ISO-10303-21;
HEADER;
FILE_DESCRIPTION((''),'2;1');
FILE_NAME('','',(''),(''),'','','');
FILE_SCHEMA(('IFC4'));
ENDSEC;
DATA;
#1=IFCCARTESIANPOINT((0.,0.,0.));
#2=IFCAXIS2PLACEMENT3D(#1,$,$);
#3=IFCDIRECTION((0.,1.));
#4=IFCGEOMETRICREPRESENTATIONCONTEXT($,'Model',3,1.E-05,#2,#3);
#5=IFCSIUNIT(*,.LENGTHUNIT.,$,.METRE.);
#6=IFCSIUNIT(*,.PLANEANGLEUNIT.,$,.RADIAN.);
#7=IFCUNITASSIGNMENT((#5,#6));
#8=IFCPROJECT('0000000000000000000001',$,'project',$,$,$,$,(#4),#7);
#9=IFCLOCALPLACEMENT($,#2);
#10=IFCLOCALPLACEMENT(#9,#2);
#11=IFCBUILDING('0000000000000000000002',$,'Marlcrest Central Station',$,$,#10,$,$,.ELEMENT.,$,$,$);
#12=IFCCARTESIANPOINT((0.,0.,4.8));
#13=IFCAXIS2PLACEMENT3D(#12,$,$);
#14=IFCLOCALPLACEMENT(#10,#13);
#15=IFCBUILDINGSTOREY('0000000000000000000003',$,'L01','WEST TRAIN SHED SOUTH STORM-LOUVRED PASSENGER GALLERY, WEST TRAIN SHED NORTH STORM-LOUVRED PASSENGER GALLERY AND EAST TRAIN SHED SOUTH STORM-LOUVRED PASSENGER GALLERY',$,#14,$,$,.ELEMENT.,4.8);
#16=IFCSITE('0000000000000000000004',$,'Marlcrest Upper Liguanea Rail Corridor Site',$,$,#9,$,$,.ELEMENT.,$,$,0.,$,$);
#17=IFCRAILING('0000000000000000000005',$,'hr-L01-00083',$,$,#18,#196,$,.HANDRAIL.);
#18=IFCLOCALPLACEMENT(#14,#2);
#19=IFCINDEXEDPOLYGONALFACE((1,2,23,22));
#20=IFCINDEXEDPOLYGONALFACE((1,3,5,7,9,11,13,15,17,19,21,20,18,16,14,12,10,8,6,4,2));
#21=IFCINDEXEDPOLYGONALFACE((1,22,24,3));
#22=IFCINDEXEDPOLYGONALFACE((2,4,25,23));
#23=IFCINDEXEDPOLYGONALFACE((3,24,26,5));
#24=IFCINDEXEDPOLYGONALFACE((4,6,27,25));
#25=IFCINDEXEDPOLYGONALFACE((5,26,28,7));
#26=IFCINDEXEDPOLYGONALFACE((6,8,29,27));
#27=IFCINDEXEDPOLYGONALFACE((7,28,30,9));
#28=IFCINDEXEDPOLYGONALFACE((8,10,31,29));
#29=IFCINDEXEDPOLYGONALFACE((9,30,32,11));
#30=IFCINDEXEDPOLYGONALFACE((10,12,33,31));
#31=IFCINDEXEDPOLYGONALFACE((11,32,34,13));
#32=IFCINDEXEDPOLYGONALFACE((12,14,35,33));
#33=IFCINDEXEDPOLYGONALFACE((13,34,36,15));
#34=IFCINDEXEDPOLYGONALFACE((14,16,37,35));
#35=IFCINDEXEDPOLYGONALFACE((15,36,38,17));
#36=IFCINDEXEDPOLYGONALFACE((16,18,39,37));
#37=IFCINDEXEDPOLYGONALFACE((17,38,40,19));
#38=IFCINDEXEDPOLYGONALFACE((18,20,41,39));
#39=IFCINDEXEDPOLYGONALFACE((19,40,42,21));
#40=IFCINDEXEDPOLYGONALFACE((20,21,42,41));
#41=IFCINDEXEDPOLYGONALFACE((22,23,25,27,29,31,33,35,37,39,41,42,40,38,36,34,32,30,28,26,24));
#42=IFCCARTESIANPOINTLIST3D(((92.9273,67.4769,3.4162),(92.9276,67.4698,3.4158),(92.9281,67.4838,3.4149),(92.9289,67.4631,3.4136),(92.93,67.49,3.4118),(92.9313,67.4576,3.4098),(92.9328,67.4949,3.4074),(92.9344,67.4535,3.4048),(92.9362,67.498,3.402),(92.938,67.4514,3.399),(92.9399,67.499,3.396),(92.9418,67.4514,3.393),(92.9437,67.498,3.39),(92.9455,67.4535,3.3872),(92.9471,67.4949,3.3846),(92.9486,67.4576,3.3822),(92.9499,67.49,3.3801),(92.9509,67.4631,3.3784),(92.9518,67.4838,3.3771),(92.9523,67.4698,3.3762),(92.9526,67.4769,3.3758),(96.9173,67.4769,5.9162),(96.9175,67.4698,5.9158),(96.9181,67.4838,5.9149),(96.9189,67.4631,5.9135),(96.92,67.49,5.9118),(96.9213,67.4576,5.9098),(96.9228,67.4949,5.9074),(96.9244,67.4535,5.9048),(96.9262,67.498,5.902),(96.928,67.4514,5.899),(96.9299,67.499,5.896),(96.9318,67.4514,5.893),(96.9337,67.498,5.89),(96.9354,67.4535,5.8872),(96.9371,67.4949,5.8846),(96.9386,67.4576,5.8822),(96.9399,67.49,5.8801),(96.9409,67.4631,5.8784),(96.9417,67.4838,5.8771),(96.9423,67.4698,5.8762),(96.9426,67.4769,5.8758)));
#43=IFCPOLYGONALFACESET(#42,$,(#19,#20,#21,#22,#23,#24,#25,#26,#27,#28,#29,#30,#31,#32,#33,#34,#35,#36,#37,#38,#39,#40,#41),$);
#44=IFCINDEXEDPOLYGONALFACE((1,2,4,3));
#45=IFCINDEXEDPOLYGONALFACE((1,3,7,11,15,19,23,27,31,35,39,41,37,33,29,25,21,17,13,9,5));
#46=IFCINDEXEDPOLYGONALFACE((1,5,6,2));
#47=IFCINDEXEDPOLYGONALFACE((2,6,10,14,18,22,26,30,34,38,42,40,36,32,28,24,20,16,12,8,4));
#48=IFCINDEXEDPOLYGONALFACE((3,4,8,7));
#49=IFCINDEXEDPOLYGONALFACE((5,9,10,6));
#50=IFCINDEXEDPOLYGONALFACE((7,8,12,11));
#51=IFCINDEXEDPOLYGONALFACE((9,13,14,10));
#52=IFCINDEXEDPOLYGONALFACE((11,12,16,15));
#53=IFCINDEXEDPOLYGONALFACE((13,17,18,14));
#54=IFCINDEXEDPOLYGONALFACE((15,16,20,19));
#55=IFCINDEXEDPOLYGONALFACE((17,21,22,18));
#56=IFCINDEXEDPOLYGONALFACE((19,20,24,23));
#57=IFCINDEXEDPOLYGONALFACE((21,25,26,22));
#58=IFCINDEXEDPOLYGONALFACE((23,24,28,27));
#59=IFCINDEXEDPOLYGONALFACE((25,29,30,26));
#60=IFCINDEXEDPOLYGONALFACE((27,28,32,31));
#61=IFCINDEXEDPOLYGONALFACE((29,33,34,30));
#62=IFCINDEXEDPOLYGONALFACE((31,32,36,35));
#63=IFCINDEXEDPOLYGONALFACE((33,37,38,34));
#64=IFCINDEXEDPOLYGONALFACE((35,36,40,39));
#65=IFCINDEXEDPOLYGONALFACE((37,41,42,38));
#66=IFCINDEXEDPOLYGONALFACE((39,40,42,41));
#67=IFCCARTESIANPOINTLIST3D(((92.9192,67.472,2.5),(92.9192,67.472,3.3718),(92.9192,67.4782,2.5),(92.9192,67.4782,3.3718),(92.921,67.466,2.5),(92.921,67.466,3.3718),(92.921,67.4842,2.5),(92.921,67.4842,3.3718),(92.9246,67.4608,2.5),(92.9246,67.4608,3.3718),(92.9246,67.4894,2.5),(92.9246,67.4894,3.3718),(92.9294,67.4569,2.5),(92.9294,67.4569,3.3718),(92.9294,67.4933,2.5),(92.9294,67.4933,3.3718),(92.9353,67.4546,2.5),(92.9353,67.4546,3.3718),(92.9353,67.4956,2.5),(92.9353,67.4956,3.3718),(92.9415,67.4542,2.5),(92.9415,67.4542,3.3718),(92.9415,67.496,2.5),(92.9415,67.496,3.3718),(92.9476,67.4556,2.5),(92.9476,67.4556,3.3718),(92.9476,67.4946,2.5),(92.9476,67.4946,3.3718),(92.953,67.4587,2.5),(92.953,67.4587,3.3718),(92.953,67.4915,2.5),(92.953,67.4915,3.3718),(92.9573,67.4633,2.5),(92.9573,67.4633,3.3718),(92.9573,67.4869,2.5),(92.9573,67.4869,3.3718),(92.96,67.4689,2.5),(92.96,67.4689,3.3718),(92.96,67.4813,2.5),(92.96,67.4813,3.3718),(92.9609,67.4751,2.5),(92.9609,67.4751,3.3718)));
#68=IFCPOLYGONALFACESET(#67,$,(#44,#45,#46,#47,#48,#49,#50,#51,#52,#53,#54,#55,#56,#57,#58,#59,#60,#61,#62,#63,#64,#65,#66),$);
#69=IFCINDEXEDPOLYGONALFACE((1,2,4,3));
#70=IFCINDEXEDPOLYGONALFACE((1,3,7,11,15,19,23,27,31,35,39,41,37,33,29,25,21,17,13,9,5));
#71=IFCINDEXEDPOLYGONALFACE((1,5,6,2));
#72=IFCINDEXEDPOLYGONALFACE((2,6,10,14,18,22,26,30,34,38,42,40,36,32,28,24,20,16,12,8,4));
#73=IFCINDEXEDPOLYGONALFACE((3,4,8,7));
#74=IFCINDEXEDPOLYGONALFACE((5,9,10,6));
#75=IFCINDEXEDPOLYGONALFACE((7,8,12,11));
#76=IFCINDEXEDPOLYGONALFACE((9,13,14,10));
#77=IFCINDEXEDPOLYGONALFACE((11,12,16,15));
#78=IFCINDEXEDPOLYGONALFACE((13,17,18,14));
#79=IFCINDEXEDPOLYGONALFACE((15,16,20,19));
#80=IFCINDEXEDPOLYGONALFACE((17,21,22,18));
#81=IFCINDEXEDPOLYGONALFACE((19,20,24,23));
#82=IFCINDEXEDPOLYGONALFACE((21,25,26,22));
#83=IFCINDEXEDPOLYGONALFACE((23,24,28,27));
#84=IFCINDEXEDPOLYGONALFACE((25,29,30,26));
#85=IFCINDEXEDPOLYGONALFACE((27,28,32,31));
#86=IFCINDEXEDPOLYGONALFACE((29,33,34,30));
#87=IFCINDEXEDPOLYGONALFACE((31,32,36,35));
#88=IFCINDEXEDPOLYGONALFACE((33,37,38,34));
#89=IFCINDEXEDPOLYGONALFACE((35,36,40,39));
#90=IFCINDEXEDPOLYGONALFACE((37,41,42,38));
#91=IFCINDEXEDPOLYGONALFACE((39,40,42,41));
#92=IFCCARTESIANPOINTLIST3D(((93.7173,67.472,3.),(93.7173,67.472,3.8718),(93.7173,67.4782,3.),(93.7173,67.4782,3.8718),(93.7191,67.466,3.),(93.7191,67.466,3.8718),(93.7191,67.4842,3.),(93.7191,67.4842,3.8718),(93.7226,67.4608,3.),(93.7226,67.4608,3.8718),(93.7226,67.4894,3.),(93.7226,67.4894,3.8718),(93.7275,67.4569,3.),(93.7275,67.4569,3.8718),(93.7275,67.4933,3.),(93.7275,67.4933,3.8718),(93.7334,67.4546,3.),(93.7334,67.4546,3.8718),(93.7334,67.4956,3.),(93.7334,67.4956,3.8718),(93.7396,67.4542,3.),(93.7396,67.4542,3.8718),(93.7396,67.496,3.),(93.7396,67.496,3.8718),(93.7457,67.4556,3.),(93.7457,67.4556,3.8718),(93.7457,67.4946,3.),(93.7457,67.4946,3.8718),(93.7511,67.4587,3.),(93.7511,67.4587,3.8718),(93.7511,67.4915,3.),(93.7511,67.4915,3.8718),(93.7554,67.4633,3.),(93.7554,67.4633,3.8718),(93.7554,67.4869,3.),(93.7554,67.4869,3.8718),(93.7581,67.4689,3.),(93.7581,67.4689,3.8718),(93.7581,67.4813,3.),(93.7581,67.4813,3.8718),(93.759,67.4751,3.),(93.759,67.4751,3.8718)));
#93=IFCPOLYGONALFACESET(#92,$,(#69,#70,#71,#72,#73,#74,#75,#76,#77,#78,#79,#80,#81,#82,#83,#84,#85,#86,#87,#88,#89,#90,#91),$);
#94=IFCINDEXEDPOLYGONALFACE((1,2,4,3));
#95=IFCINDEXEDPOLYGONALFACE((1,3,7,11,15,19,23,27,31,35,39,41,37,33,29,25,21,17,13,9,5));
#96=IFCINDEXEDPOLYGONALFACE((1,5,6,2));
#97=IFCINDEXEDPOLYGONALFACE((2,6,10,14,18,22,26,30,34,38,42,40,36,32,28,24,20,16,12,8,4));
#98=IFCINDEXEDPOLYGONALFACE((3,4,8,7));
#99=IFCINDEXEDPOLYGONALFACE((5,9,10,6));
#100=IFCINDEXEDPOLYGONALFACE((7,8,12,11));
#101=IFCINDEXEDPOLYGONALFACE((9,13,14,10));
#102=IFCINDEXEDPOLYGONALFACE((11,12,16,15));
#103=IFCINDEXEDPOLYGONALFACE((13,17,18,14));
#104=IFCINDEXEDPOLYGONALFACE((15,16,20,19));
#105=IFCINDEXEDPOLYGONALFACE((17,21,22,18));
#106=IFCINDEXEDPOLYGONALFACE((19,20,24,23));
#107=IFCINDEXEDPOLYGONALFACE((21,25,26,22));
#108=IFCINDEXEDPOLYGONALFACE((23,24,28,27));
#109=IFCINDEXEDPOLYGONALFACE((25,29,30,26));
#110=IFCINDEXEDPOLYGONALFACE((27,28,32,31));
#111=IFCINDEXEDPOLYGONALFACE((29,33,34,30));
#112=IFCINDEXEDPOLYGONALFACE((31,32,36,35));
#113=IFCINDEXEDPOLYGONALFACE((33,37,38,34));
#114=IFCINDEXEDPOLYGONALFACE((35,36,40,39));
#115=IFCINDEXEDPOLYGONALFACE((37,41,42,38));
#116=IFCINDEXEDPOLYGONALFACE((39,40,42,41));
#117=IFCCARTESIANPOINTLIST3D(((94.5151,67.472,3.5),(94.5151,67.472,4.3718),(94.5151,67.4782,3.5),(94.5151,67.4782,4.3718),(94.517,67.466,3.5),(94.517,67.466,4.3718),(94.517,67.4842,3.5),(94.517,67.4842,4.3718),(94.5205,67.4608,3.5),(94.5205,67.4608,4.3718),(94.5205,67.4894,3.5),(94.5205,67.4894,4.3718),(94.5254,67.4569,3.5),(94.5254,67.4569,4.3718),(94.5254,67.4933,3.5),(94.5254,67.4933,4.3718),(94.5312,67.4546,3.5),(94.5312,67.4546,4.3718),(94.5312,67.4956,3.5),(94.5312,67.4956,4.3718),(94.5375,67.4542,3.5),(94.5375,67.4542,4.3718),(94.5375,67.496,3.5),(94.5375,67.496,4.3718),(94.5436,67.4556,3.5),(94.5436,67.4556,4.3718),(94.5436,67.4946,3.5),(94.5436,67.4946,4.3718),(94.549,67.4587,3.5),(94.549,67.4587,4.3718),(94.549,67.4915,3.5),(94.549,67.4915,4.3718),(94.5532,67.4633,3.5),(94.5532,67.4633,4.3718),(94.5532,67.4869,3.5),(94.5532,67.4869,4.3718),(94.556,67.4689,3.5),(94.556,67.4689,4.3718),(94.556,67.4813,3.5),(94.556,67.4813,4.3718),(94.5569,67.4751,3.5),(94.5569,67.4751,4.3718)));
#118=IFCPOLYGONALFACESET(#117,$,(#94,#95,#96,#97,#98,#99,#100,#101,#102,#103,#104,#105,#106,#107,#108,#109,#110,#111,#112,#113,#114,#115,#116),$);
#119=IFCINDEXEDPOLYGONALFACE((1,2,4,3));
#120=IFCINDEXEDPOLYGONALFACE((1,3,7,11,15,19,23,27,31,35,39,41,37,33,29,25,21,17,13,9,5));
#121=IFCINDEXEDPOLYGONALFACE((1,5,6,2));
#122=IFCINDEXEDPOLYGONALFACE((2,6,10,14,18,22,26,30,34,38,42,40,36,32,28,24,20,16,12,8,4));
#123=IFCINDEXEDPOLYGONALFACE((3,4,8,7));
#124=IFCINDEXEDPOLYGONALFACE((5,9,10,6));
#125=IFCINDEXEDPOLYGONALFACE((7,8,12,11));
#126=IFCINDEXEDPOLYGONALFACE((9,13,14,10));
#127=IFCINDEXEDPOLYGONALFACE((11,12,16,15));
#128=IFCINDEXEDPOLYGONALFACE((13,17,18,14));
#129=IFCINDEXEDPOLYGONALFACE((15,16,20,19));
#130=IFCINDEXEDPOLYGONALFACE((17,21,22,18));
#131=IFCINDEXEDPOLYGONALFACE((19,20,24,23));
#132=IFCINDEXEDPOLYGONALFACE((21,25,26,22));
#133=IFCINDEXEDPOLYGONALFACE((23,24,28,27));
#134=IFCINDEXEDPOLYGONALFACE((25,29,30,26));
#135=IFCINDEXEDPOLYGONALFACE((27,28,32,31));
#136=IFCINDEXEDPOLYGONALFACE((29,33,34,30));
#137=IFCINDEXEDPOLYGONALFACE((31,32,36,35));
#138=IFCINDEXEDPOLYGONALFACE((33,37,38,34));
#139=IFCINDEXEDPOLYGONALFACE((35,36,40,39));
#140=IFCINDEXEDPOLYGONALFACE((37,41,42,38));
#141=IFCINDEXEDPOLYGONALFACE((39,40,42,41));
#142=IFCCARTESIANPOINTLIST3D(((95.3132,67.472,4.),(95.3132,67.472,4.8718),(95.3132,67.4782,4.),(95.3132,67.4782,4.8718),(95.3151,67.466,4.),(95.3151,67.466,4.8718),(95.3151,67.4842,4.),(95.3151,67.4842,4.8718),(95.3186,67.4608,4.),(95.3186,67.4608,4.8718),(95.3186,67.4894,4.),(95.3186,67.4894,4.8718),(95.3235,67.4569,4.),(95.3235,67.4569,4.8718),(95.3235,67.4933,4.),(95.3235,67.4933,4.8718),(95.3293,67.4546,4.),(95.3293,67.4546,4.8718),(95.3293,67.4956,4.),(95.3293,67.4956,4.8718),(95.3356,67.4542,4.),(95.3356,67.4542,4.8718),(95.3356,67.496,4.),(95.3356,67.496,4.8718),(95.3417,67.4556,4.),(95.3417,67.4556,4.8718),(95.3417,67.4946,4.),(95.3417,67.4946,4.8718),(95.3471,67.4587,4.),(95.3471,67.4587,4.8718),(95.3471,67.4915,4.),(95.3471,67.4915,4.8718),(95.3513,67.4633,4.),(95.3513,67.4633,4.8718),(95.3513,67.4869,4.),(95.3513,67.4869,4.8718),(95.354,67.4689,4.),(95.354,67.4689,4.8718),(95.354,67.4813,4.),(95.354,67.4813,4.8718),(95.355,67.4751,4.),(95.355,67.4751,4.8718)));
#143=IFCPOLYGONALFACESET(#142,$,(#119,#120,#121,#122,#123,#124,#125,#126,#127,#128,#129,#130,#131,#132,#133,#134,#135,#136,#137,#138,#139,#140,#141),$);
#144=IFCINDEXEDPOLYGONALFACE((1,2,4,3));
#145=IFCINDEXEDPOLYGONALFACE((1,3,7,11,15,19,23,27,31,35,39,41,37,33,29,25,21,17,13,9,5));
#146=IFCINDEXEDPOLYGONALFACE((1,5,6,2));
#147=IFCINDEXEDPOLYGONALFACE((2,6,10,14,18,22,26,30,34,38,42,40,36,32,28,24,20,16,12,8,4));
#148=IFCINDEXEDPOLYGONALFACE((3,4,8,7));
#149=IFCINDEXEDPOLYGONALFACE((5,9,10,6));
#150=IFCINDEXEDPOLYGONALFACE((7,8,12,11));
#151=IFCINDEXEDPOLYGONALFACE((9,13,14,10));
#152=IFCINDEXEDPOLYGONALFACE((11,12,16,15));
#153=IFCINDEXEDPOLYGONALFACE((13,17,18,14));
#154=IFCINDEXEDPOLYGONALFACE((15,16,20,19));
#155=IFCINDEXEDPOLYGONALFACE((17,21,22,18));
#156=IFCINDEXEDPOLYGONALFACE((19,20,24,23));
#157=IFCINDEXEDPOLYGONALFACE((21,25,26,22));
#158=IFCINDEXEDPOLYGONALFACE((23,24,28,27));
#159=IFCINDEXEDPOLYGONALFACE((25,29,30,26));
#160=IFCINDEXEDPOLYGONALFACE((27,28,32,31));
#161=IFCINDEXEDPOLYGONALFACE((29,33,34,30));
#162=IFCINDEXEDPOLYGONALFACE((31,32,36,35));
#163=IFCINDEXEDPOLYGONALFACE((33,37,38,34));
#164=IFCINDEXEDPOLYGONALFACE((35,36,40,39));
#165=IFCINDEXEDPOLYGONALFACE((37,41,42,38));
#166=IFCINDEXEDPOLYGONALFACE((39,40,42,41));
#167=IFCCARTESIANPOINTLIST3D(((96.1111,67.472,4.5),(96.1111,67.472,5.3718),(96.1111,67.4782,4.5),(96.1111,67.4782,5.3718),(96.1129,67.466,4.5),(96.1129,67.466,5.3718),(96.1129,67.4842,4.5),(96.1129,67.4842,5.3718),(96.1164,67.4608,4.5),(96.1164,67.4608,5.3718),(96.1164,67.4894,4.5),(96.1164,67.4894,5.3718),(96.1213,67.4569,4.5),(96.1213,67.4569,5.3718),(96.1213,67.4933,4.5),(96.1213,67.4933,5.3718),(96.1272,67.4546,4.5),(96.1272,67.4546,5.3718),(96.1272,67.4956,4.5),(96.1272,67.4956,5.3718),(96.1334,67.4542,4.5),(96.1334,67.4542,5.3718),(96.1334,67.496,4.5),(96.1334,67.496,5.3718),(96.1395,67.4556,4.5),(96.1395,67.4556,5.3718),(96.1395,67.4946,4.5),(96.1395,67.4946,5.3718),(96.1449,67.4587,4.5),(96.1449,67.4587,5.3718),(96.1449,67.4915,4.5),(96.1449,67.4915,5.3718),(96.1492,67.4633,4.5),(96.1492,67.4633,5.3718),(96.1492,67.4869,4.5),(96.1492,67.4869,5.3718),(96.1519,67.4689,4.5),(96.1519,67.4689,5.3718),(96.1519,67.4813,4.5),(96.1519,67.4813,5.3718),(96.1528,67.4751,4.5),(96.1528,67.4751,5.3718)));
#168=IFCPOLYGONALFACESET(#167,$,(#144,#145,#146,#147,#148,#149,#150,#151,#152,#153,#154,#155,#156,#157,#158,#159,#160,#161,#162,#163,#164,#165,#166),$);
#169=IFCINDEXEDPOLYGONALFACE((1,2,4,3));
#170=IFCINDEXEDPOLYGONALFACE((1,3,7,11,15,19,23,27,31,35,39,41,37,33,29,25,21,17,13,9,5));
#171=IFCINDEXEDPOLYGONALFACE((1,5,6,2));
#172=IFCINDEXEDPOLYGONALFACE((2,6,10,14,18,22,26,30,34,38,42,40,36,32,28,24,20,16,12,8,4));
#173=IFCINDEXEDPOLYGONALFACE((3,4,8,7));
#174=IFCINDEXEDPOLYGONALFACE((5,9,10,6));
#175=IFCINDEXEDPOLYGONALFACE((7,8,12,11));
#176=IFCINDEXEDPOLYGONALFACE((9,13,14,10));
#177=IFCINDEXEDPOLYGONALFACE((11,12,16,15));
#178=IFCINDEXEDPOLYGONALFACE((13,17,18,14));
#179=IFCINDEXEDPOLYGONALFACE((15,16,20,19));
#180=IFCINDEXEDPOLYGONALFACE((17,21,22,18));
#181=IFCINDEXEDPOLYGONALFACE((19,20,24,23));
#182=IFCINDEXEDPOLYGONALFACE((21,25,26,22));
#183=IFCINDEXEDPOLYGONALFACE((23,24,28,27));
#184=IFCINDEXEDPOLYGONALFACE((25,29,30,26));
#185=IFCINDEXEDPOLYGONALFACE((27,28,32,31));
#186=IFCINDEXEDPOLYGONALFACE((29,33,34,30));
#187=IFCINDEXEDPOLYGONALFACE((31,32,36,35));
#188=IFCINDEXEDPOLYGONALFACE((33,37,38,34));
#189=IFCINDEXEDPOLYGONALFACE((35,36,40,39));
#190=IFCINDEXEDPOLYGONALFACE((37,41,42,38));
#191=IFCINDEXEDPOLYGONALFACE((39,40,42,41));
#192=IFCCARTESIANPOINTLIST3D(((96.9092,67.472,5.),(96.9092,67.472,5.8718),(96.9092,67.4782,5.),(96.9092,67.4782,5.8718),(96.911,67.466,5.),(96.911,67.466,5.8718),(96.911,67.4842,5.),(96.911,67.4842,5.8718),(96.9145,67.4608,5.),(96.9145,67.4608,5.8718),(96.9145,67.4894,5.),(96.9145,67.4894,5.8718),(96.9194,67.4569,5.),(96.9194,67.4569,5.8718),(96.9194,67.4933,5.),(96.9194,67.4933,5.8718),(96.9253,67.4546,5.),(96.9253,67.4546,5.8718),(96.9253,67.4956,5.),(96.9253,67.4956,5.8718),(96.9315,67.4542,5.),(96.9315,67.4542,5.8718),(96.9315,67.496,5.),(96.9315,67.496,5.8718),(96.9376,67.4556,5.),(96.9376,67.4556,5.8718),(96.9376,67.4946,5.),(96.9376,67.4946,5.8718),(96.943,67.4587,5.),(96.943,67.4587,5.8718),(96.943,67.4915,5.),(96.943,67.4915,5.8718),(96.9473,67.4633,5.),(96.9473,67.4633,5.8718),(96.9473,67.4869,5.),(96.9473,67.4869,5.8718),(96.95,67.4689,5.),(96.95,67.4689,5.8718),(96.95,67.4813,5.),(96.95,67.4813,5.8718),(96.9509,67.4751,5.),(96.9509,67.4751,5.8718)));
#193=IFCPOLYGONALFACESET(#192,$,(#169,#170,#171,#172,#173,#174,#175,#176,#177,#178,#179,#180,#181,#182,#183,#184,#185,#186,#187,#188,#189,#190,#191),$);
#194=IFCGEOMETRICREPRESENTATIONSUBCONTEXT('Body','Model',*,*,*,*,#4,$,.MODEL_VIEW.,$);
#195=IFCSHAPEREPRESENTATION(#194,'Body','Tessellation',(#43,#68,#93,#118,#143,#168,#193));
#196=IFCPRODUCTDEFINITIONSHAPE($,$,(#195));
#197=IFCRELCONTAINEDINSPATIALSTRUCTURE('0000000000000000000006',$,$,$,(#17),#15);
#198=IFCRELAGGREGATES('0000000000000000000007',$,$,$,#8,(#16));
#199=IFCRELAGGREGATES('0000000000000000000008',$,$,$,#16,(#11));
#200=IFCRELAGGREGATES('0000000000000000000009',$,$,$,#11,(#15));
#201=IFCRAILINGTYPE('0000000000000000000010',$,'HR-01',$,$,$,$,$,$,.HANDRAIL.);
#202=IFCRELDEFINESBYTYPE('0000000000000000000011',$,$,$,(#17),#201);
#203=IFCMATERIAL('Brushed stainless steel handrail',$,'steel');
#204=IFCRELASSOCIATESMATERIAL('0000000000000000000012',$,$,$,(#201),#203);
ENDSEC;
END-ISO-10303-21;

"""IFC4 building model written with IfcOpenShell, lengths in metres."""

from ifc_helpers import new_model, si_unit, direction, frame, origin, origin_2d, place, context, subcontext, project, spatial, circle, extrude, material, type_object, element, save


model = new_model("IFC4")

# Units and contexts
model_context = context("Model", 3, precision=1e-05, world=origin(), true_north=direction((0.0, 1.0)))
body_context = subcontext(model_context, "Body", "Model", "MODEL_VIEW")
ifc_project = project(units=[si_unit("LENGTHUNIT", "METRE"), si_unit("PLANEANGLEUNIT", "RADIAN")], contexts=[model_context])

# Site, building, storey
site_placement = place(None, origin())
site = spatial("IfcSite", under=ifc_project, at=site_placement, Name="Marlcrest Upper Liguanea Rail Corridor Site", CompositionType="ELEMENT", RefElevation=0.0)
building_placement = place(site_placement, origin())
building = spatial("IfcBuilding", under=site, at=building_placement, Name="Marlcrest Central Station", CompositionType="ELEMENT")
storey_placement = place(building_placement, frame((0.0, 0.0, 4.8)))
storey = spatial("IfcBuildingStorey", under=building, at=storey_placement, Name="L01", Description="WEST TRAIN SHED SOUTH STORM-LOUVRED PASSENGER GALLERY, WEST TRAIN SHED NORTH STORM-LOUVRED PASSENGER GALLERY AND EAST TRAIN SHED SOUTH STORM-LOUVRED PASSENGER GALLERY", CompositionType="ELEMENT", Elevation=4.8)

# Railing
ifc_material_1 = material(Name="Brushed stainless steel handrail", Category="steel")
railing_type_1 = type_object("IfcRailingType", Name="HR-01", PredefinedType="HANDRAIL", material=ifc_material_1)
railing_1_placement = place(storey_placement, frame((92.9399, 67.4751, 2.5)))
element("IfcRailing", 1, at=railing_1_placement, inside=storey, type_object=railing_type_1, Name="hr-L01-00083", PredefinedType="HANDRAIL", context=body_context, shape_type="SweptSolid", body=[
    extrude(circle(Radius=0.0239, at=origin_2d()), frame((0.0, 0.0, 0.896), z_axis=(0.847401, 0.0, 0.530954), x_axis=(0.0, 1.0, 0.0)), (0.0, 0.0, 1.0), 4.7085),
    extrude(circle(Radius=0.021, at=origin_2d()), origin(), (0.0, 0.0, 1.0), 0.8718),
    extrude(circle(Radius=0.021, at=origin_2d()), frame((0.7981, 0.0, 0.5)), (0.0, 0.0, 1.0), 0.8718),
    extrude(circle(Radius=0.021, at=origin_2d()), frame((1.5959, 0.0, 1.0)), (0.0, 0.0, 1.0), 0.8718),
    extrude(circle(Radius=0.021, at=origin_2d()), frame((2.394, 0.0, 1.5)), (0.0, 0.0, 1.0), 0.8718),
    extrude(circle(Radius=0.021, at=origin_2d()), frame((3.1919, 0.0, 2.0)), (0.0, 0.0, 1.0), 0.8718),
    extrude(circle(Radius=0.021, at=origin_2d()), frame((3.99, 0.0, 2.5)), (0.0, 0.0, 1.0), 0.8718),
])

save(model, "model.ifc")
